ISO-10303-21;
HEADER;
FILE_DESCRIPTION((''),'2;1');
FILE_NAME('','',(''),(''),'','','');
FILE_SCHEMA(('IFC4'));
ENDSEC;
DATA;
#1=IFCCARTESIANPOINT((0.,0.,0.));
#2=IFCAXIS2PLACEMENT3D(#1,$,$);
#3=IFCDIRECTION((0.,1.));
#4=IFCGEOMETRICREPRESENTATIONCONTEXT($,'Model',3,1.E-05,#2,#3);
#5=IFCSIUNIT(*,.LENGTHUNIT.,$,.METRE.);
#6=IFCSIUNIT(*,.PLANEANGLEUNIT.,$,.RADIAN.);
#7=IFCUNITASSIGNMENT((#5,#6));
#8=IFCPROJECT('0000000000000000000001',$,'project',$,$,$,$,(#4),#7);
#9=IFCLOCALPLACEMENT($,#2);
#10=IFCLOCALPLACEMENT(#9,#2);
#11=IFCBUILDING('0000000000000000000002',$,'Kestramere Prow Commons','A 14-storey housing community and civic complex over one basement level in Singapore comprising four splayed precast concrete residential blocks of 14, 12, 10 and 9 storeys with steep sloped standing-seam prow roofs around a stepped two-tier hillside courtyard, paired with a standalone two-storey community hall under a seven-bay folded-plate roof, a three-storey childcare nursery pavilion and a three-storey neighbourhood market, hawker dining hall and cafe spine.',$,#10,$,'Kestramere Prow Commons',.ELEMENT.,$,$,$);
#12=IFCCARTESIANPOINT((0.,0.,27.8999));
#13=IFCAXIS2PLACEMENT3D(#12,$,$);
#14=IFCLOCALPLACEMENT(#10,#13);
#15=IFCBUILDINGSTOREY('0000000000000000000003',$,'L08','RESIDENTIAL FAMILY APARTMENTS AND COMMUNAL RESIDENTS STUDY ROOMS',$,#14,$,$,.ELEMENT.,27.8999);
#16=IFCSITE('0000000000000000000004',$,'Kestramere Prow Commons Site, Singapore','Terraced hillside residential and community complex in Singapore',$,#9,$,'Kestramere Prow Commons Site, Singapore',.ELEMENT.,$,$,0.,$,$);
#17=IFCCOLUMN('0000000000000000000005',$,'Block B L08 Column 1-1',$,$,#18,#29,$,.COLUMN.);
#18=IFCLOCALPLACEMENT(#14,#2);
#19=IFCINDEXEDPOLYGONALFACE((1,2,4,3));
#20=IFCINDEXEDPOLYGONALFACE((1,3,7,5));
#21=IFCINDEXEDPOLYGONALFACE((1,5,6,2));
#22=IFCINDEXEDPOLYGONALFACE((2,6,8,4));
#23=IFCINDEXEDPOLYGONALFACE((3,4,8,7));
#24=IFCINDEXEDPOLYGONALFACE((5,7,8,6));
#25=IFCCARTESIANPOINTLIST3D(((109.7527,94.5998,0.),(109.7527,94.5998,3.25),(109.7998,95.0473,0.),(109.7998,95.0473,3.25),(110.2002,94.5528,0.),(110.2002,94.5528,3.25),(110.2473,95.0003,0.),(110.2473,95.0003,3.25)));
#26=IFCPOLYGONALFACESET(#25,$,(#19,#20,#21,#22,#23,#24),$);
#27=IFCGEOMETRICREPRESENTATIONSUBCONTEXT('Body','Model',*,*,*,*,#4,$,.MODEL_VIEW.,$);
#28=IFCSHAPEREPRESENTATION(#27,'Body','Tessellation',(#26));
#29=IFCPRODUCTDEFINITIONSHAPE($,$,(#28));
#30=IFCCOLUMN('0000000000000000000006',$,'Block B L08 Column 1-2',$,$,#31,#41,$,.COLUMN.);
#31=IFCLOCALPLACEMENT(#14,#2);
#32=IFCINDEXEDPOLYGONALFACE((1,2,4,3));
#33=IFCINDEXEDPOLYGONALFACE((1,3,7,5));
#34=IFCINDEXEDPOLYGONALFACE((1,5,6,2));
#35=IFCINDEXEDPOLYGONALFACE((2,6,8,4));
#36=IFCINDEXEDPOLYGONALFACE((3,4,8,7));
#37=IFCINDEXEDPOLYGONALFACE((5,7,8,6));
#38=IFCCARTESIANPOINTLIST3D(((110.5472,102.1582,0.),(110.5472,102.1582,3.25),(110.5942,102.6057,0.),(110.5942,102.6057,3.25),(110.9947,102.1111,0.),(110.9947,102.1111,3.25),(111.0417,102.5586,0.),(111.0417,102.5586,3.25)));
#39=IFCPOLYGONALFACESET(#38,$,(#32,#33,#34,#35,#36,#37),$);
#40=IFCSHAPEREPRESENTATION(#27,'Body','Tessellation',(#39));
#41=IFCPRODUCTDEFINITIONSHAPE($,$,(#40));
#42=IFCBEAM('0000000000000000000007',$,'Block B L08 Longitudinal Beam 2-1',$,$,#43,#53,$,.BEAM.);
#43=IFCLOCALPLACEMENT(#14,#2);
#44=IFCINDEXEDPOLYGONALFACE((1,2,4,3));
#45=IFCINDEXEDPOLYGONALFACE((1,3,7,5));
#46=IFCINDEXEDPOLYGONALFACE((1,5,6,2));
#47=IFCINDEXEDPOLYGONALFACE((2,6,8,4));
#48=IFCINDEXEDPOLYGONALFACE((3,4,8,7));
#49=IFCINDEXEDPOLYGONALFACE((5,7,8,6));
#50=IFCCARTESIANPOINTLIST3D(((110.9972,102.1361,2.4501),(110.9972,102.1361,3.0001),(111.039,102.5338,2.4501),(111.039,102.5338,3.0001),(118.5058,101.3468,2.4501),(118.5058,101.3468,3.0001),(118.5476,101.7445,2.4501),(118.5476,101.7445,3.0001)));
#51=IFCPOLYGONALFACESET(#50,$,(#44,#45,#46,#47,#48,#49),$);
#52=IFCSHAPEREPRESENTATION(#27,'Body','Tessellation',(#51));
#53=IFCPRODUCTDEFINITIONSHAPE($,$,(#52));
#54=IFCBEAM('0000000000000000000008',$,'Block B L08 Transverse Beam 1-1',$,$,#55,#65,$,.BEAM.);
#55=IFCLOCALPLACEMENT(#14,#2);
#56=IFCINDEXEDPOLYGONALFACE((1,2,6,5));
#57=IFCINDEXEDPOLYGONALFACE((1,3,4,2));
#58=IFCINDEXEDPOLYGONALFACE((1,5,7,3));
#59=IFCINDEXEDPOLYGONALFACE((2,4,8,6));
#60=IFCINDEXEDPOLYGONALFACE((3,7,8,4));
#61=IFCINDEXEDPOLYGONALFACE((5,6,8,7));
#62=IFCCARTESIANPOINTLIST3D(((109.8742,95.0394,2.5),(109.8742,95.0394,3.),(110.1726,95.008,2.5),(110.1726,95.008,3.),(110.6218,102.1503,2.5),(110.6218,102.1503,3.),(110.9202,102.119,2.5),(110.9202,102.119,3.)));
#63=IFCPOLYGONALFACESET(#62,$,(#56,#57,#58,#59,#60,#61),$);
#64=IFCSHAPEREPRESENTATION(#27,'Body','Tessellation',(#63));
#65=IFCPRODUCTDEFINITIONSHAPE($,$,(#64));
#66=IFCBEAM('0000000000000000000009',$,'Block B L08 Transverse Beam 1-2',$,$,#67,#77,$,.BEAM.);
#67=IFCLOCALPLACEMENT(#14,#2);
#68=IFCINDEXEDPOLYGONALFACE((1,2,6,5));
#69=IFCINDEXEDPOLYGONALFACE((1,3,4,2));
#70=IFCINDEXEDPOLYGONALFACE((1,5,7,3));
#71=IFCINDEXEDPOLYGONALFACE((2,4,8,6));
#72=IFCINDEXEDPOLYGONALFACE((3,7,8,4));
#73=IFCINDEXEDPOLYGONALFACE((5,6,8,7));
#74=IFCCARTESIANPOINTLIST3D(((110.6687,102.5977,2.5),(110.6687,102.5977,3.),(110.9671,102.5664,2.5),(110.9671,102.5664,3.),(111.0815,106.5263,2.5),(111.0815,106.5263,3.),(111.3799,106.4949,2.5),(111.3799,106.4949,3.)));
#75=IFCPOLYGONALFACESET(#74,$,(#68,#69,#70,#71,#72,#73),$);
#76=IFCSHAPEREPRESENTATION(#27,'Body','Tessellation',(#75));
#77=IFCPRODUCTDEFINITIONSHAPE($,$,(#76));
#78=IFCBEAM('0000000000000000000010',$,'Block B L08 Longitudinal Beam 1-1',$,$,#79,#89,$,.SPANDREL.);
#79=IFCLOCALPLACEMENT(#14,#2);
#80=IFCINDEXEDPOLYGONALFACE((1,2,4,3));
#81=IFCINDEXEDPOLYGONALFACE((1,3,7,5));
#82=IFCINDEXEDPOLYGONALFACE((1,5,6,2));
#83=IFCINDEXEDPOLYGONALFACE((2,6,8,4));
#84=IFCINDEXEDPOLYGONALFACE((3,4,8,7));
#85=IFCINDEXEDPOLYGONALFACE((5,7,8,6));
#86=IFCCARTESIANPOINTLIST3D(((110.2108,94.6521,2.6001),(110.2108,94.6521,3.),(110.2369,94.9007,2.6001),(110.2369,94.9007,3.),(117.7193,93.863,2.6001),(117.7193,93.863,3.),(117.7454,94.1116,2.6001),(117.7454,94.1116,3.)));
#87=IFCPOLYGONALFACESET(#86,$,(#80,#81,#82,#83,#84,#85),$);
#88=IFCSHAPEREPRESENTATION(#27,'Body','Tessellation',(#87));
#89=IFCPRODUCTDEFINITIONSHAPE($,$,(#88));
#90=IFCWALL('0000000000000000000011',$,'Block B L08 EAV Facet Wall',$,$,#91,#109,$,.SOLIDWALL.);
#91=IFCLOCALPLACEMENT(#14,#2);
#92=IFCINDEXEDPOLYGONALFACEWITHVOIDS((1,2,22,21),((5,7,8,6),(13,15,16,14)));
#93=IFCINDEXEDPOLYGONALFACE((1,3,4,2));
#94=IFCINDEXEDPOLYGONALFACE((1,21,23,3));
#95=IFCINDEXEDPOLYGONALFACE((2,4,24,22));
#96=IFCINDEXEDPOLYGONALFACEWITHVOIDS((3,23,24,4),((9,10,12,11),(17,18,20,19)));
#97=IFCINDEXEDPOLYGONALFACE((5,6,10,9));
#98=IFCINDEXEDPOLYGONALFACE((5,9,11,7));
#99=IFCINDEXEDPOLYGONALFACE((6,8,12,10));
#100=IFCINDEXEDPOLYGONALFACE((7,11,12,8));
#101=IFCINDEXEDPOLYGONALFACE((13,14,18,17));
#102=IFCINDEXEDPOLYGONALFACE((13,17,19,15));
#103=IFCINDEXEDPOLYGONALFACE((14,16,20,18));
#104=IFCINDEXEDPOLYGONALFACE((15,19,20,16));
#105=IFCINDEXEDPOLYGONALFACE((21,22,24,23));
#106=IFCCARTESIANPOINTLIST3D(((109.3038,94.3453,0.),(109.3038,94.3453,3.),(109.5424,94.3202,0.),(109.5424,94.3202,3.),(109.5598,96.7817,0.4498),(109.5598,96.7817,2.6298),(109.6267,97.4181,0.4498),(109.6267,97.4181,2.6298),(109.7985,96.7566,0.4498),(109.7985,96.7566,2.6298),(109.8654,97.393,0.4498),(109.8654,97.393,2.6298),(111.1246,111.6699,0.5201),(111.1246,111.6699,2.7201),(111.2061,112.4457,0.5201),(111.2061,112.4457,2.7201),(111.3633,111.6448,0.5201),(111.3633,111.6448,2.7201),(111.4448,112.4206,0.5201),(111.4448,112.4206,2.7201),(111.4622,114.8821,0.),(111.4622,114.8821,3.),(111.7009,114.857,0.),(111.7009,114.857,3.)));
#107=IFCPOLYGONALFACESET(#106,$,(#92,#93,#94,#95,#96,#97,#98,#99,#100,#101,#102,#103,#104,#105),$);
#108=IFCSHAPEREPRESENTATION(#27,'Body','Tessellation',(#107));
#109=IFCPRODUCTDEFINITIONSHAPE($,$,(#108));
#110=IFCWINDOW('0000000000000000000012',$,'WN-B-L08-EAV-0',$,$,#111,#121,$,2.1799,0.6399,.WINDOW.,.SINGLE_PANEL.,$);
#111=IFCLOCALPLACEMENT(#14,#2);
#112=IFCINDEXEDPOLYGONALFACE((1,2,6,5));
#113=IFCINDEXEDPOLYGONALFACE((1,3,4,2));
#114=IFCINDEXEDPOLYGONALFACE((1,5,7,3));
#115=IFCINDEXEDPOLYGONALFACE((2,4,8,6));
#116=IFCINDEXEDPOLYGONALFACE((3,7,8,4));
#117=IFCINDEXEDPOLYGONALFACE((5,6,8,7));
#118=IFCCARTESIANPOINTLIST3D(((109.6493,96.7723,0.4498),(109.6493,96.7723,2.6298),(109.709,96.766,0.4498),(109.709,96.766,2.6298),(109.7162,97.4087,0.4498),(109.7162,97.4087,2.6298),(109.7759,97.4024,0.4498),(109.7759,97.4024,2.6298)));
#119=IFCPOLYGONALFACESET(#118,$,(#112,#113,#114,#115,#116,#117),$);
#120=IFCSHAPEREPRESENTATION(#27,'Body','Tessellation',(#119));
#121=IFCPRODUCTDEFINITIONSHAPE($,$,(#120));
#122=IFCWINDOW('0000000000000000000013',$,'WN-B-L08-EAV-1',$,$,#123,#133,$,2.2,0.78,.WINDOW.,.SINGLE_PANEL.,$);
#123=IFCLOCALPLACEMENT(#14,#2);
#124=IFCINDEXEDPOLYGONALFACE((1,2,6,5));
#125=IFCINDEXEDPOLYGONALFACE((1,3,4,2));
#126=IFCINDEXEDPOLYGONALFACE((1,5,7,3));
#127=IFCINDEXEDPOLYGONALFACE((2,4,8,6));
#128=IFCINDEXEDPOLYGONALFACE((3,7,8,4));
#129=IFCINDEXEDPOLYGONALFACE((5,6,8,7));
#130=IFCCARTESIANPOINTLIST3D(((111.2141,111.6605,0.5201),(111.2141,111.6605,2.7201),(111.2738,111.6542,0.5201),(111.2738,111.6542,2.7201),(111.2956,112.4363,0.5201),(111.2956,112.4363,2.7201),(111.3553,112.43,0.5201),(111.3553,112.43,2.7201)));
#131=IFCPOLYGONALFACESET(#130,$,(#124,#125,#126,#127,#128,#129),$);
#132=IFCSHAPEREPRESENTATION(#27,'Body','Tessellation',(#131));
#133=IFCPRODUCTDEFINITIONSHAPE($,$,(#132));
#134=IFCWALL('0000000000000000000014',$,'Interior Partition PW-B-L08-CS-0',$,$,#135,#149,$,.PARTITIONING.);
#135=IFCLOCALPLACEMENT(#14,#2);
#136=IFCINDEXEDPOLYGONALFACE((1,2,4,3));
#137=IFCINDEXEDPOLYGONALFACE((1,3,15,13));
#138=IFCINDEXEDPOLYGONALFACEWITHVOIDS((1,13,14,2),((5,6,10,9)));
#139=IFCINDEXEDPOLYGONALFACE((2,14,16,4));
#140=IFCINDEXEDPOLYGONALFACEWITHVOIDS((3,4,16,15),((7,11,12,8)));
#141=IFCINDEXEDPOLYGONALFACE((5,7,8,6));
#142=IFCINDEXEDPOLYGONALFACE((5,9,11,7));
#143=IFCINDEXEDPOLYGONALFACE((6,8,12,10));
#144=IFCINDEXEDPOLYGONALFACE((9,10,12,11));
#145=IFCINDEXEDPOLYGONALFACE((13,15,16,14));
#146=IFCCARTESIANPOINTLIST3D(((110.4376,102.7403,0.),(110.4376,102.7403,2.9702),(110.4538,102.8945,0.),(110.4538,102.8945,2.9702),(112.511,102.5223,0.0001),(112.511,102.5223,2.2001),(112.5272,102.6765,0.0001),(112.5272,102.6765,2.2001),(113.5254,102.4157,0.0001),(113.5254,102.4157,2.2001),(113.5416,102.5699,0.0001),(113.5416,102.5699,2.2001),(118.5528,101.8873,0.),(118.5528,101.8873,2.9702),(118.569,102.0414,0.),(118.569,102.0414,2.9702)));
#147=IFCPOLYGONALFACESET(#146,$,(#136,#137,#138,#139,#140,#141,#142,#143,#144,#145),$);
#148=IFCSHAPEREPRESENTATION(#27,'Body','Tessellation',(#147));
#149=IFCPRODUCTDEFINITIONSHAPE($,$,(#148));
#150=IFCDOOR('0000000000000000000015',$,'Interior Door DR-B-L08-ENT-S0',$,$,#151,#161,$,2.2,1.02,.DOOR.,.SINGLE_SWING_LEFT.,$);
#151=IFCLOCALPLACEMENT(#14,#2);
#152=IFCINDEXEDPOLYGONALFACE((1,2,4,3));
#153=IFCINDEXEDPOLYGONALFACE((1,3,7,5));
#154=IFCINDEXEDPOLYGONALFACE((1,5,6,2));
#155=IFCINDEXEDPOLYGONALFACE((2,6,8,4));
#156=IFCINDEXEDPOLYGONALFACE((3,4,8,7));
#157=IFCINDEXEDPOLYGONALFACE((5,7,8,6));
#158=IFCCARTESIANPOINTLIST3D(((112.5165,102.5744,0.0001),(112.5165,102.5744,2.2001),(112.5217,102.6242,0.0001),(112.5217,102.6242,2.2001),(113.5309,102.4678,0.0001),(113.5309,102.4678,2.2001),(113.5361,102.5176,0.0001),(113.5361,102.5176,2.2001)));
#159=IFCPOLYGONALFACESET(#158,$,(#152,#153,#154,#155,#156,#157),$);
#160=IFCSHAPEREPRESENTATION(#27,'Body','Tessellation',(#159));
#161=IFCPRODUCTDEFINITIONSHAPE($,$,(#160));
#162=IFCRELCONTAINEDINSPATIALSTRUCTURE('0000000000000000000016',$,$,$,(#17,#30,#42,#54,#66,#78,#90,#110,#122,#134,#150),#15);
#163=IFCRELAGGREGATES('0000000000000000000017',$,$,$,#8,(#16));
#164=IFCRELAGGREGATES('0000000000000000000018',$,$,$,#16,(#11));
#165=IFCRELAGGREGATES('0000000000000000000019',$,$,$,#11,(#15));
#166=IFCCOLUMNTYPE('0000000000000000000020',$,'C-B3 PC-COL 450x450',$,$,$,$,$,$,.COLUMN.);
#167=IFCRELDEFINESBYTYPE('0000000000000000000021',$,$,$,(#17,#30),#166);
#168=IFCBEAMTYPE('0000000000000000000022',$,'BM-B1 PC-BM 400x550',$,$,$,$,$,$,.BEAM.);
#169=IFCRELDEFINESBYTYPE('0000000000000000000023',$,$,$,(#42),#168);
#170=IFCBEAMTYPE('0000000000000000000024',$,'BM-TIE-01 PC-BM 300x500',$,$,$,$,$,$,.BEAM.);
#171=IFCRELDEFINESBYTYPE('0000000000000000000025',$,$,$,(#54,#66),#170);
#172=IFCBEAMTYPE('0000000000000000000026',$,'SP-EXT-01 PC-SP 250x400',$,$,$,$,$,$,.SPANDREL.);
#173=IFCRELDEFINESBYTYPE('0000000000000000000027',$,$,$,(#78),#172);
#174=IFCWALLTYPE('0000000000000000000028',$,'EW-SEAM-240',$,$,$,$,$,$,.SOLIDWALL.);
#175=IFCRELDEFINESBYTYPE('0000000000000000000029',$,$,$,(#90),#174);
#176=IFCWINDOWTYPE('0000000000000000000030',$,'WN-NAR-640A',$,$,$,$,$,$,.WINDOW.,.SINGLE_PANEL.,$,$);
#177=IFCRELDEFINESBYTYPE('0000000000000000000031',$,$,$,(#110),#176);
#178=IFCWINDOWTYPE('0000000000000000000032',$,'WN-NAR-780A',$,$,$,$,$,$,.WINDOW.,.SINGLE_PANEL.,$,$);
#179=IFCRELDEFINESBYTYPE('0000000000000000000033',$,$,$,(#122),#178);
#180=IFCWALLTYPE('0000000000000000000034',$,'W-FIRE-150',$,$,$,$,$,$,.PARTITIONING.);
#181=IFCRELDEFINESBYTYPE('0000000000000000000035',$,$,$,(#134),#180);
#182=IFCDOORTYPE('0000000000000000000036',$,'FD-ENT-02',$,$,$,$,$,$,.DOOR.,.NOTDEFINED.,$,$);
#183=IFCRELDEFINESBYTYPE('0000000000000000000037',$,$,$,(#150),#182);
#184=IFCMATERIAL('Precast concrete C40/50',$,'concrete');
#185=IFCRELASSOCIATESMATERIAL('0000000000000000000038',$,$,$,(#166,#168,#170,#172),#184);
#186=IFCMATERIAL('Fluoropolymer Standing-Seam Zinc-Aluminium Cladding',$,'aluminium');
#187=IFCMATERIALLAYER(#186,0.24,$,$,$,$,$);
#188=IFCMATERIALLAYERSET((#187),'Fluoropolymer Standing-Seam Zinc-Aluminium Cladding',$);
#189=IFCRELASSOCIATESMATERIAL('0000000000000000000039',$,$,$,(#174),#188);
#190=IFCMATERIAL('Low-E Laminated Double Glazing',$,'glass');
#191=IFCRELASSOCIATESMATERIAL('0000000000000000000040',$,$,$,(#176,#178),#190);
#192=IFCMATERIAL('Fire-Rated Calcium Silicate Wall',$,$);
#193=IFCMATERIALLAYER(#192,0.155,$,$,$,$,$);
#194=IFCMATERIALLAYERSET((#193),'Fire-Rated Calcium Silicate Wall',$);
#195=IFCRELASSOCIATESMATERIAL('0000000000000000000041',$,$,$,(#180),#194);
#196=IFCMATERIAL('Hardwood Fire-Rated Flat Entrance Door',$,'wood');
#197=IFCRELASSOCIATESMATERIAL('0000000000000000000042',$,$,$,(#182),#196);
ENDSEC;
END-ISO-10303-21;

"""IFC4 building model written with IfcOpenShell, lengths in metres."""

from ifc_helpers import new_model, si_unit, direction, frame, frame_2d, origin, origin_2d, place, context, subcontext, project, spatial, rectangle, extrude, material, layer, layer_set, material_profile, profile_set, type_object, element, fill, save


model = new_model("IFC4")

# Units and contexts
model_context = context("Model", 3, precision=1e-05, world=origin(), true_north=direction((0.0, 1.0)))
body_context = subcontext(model_context, "Body", "Model", "MODEL_VIEW")
ifc_project = project(units=[si_unit("LENGTHUNIT", "METRE"), si_unit("PLANEANGLEUNIT", "RADIAN")], contexts=[model_context])

# Site, building, storey
site_placement = place(None, origin())
site = spatial("IfcSite", under=ifc_project, at=site_placement, Name="Kestramere Prow Commons Site, Singapore", Description="Terraced hillside residential and community complex in Singapore", LongName="Kestramere Prow Commons Site, Singapore", CompositionType="ELEMENT", RefElevation=0.0)
building_placement = place(site_placement, origin())
building = spatial("IfcBuilding", under=site, at=building_placement, Name="Kestramere Prow Commons", Description="A 14-storey housing community and civic complex over one basement level in Singapore comprising four splayed precast concrete residential blocks of 14, 12, 10 and 9 storeys with steep sloped standing-seam prow roofs around a stepped two-tier hillside courtyard, paired with a standalone two-storey community hall under a seven-bay folded-plate roof, a three-storey childcare nursery pavilion and a three-storey neighbourhood market, hawker dining hall and cafe spine.", LongName="Kestramere Prow Commons", CompositionType="ELEMENT")
storey_placement = place(building_placement, frame((0.0, 0.0, 27.8999)))
storey = spatial("IfcBuildingStorey", under=building, at=storey_placement, Name="L08", Description="RESIDENTIAL FAMILY APARTMENTS AND COMMUNAL RESIDENTS STUDY ROOMS", CompositionType="ELEMENT", Elevation=27.8999)

# Columns
ifc_material_1 = material(Name="Precast concrete C40/50", Category="concrete")
ifc_material_profile_1 = material_profile(ifc_material_1, rectangle(XDim=0.45, YDim=0.45, at=origin_2d()), Name="PC-COL 450x450")
ifc_profile_set_1 = profile_set([ifc_material_profile_1], Name="Precast concrete C40/50")
column_type = type_object("IfcColumnType", Name="C-B3 PC-COL 450x450", PredefinedType="COLUMN", material=ifc_profile_set_1)
for number, where, z_axis, x_axis, name in (
    (1, (110.0, 94.8, 0.0), (0.0, 0.0, 1.0), (0.994522, -0.104528, 0.0), "Block B L08 Column 1-1"),
    (2, (110.7944, 102.3584, 0.0), (0.0, 0.0, 1.0), (0.994522, -0.104528, 0.0), "Block B L08 Column 1-2"),
):
    element("IfcColumn", number, at=place(storey_placement, frame(where, z_axis=z_axis, x_axis=x_axis)), inside=storey, type_object=column_type, Name=name, PredefinedType="COLUMN", context=body_context, shape_type="SweptSolid", body=[
        extrude(rectangle(XDim=0.45, YDim=0.45, at=origin_2d()), origin(), (0.0, 0.0, 1.0), 3.25),
    ])

# Beams
ifc_material_profile_2 = material_profile(ifc_material_1, rectangle(XDim=0.3999, YDim=0.55, at=origin_2d()), Name="PC-BM 400x550")
ifc_profile_set_2 = profile_set([ifc_material_profile_2], Name="Precast concrete C40/50")
beam_type_1 = type_object("IfcBeamType", Name="BM-B1 PC-BM 400x550", PredefinedType="BEAM", material=ifc_profile_set_2)
beam_1_placement = place(storey_placement, frame((111.0181, 102.335, 2.7251), z_axis=(0.994521, -0.104542, 0.0), x_axis=(0.104542, 0.994521, 0.0)))
element("IfcBeam", 3, at=beam_1_placement, inside=storey, type_object=beam_type_1, Name="Block B L08 Longitudinal Beam 2-1", PredefinedType="BEAM", context=body_context, shape_type="SweptSolid", body=[
    extrude(rectangle(XDim=0.3999, YDim=0.55, at=origin_2d()), origin(), (0.0, 0.0, 1.0), 7.55),
])
ifc_material_profile_3 = material_profile(ifc_material_1, rectangle(XDim=0.3, YDim=0.5, at=origin_2d()), Name="PC-BM 300x500")
ifc_profile_set_3 = profile_set([ifc_material_profile_3], Name="Precast concrete C40/50")
beam_type_2 = type_object("IfcBeamType", Name="BM-TIE-01 PC-BM 300x500", PredefinedType="BEAM", material=ifc_profile_set_3)
beam_2_placement = place(storey_placement, frame((110.0234, 95.0237, 2.75), z_axis=(0.104553, 0.994519, 0.0), x_axis=(-0.994519, 0.104553, 0.0)))
element("IfcBeam", 4, at=beam_2_placement, inside=storey, type_object=beam_type_2, Name="Block B L08 Transverse Beam 1-1", PredefinedType="BEAM", context=body_context, shape_type="SweptSolid", body=[
    extrude(rectangle(XDim=0.3, YDim=0.5, at=origin_2d()), origin(), (0.0, 0.0, 1.0), 7.1501),
])
beam_3_placement = place(storey_placement, frame((110.8179, 102.582, 2.75), z_axis=(0.104514, 0.994523, 0.0), x_axis=(-0.994523, 0.104514, 0.0)))
element("IfcBeam", 5, at=beam_3_placement, inside=storey, type_object=beam_type_2, Name="Block B L08 Transverse Beam 1-2", PredefinedType="BEAM", context=body_context, shape_type="SweptSolid", body=[
    extrude(rectangle(XDim=0.3, YDim=0.5, at=origin_2d()), origin(), (0.0, 0.0, 1.0), 3.9502),
])
ifc_material_profile_4 = material_profile(ifc_material_1, rectangle(XDim=0.25, YDim=0.3999, at=origin_2d()), Name="PC-SP 250x400")
ifc_profile_set_4 = profile_set([ifc_material_profile_4], Name="Precast concrete C40/50")
beam_type_3 = type_object("IfcBeamType", Name="SP-EXT-01 PC-SP 250x400", PredefinedType="SPANDREL", material=ifc_profile_set_4)
beam_4_placement = place(storey_placement, frame((110.2239, 94.7764, 2.8), z_axis=(0.994524, -0.104513, 0.0), x_axis=(0.104513, 0.994524, 0.0)))
element("IfcBeam", 6, at=beam_4_placement, inside=storey, type_object=beam_type_3, Name="Block B L08 Longitudinal Beam 1-1", PredefinedType="SPANDREL", context=body_context, shape_type="SweptSolid", body=[
    extrude(rectangle(XDim=0.25, YDim=0.3999, at=origin_2d()), origin(), (0.0, 0.0, 1.0), 7.5498),
])

# Wall, openings, windows
ifc_material_2 = material(Name="Fluoropolymer Standing-Seam Zinc-Aluminium Cladding", Category="aluminium")
ifc_layer_1 = layer(ifc_material_2, 0.24)
ifc_layer_set_1 = layer_set([ifc_layer_1], Name="Fluoropolymer Standing-Seam Zinc-Aluminium Cladding")
wall_type_1 = type_object("IfcWallType", Name="EW-SEAM-240", PredefinedType="SOLIDWALL", material=ifc_layer_set_1)
wall_1_placement = place(storey_placement, frame((109.4231, 94.3328, 0.0), z_axis=(0.0, 0.0, 1.0), x_axis=(0.104525, 0.994522, 0.0)))
wall_1 = element("IfcWall", 7, at=wall_1_placement, inside=storey, type_object=wall_type_1, Name="Block B L08 EAV Facet Wall", PredefinedType="SOLIDWALL", context=body_context, shape_type="SweptSolid", body=[
    extrude(rectangle(XDim=20.6499, YDim=0.24, at=frame_2d((10.325, 0.0))), origin(), (0.0, 0.0, 1.0), 3.0),
])
opening_1_placement = place(wall_1_placement, frame((2.45, 0.0, 0.45)))
opening_1 = element("IfcOpeningElement", 8, at=opening_1_placement, cuts=wall_1, PredefinedType="OPENING", context=body_context, shape_type="SweptSolid", body=[
    extrude(rectangle(XDim=0.6399, YDim=2.1799, at=frame_2d((0.3198, 1.0898))), frame((0.0, 0.135, 0.0), z_axis=(0.0, -1.0, 0.0), x_axis=(1.0, 0.0, 0.0)), (0.0, 0.0, 1.0), 0.27),
])
opening_2_placement = place(wall_1_placement, frame((17.4199, 0.0, 0.52)))
opening_2 = element("IfcOpeningElement", 9, at=opening_2_placement, cuts=wall_1, PredefinedType="OPENING", context=body_context, shape_type="SweptSolid", body=[
    extrude(rectangle(XDim=0.78, YDim=2.2, at=frame_2d((0.3901, 1.1001))), frame((0.0, 0.135, 0.0), z_axis=(0.0, -1.0, 0.0), x_axis=(1.0, 0.0, 0.0)), (0.0, 0.0, 1.0), 0.27),
])
ifc_material_3 = material(Name="Low-E Laminated Double Glazing", Category="glass")
window_type_1 = type_object("IfcWindowType", Name="WN-NAR-640A", PartitioningType="SINGLE_PANEL", PredefinedType="WINDOW", material=ifc_material_3)
window_1_placement = place(opening_1_placement, origin())
window_1 = element("IfcWindow", 10, at=window_1_placement, inside=storey, type_object=window_type_1, Name="WN-B-L08-EAV-0", OverallHeight=2.1799, OverallWidth=0.6399, PartitioningType="SINGLE_PANEL", PredefinedType="WINDOW", context=body_context, shape_type="SweptSolid", body=[
    extrude(rectangle(XDim=0.6399, YDim=2.1799, at=frame_2d((0.3198, 1.0898))), frame((0.0, 0.03, 0.0), z_axis=(0.0, -1.0, 0.0), x_axis=(1.0, 0.0, 0.0)), (0.0, 0.0, 1.0), 0.0601),
])
fill(opening_1, window_1)
window_type_2 = type_object("IfcWindowType", Name="WN-NAR-780A", PartitioningType="SINGLE_PANEL", PredefinedType="WINDOW", material=ifc_material_3)
window_2_placement = place(opening_2_placement, origin())
window_2 = element("IfcWindow", 11, at=window_2_placement, inside=storey, type_object=window_type_2, Name="WN-B-L08-EAV-1", OverallHeight=2.2, OverallWidth=0.78, PartitioningType="SINGLE_PANEL", PredefinedType="WINDOW", context=body_context, shape_type="SweptSolid", body=[
    extrude(rectangle(XDim=0.78, YDim=2.2, at=frame_2d((0.3901, 1.1001))), frame((0.0, 0.03, 0.0), z_axis=(0.0, -1.0, 0.0), x_axis=(1.0, 0.0, 0.0)), (0.0, 0.0, 1.0), 0.0601),
])
fill(opening_2, window_2)

# Wall, opening, door
ifc_material_4 = material(Name="Fire-Rated Calcium Silicate Wall")
ifc_layer_2 = layer(ifc_material_4, 0.155)
ifc_layer_set_2 = layer_set([ifc_layer_2], Name="Fire-Rated Calcium Silicate Wall")
wall_type_2 = type_object("IfcWallType", Name="W-FIRE-150", PredefinedType="PARTITIONING", material=ifc_layer_set_2)
wall_2_placement = place(storey_placement, frame((110.4456, 102.8174, 0.0), z_axis=(0.0, 0.0, 1.0), x_axis=(0.994521, -0.104538, 0.0)))
wall_2 = element("IfcWall", 12, at=wall_2_placement, inside=storey, type_object=wall_type_2, Name="Interior Partition PW-B-L08-CS-0", PredefinedType="PARTITIONING", context=body_context, shape_type="SweptSolid", body=[
    extrude(rectangle(XDim=8.1599, YDim=0.155, at=frame_2d((4.0801, 0.0))), origin(), (0.0, 0.0, 1.0), 2.9702),
])
opening_3_placement = place(wall_2_placement, frame((2.085, 0.0, 0.0)))
opening_3 = element("IfcOpeningElement", 13, at=opening_3_placement, cuts=wall_2, PredefinedType="OPENING", context=body_context, shape_type="SweptSolid", body=[
    extrude(rectangle(XDim=1.02, YDim=2.2, at=frame_2d((0.51, 1.1001))), frame((0.0, 0.0925, 0.0), z_axis=(0.0, -1.0, 0.0), x_axis=(1.0, 0.0, 0.0)), (0.0, 0.0, 1.0), 0.1851),
])
ifc_material_5 = material(Name="Hardwood Fire-Rated Flat Entrance Door", Category="wood")
door_type_1 = type_object("IfcDoorType", Name="FD-ENT-02", OperationType="NOTDEFINED", PredefinedType="DOOR", material=ifc_material_5)
door_1_placement = place(opening_3_placement, origin())
door_1 = element("IfcDoor", 14, at=door_1_placement, inside=storey, type_object=door_type_1, Name="Interior Door DR-B-L08-ENT-S0", OperationType="SINGLE_SWING_LEFT", OverallHeight=2.2, OverallWidth=1.02, PredefinedType="DOOR", context=body_context, shape_type="SweptSolid", body=[
    extrude(rectangle(XDim=1.02, YDim=2.2, at=frame_2d((0.51, 1.1001))), frame((0.0, 0.0249, 0.0), z_axis=(0.0, -1.0, 0.0), x_axis=(1.0, 0.0, 0.0)), (0.0, 0.0, 1.0), 0.05),
])
fill(opening_3, door_1)

save(model, "model.ifc")
